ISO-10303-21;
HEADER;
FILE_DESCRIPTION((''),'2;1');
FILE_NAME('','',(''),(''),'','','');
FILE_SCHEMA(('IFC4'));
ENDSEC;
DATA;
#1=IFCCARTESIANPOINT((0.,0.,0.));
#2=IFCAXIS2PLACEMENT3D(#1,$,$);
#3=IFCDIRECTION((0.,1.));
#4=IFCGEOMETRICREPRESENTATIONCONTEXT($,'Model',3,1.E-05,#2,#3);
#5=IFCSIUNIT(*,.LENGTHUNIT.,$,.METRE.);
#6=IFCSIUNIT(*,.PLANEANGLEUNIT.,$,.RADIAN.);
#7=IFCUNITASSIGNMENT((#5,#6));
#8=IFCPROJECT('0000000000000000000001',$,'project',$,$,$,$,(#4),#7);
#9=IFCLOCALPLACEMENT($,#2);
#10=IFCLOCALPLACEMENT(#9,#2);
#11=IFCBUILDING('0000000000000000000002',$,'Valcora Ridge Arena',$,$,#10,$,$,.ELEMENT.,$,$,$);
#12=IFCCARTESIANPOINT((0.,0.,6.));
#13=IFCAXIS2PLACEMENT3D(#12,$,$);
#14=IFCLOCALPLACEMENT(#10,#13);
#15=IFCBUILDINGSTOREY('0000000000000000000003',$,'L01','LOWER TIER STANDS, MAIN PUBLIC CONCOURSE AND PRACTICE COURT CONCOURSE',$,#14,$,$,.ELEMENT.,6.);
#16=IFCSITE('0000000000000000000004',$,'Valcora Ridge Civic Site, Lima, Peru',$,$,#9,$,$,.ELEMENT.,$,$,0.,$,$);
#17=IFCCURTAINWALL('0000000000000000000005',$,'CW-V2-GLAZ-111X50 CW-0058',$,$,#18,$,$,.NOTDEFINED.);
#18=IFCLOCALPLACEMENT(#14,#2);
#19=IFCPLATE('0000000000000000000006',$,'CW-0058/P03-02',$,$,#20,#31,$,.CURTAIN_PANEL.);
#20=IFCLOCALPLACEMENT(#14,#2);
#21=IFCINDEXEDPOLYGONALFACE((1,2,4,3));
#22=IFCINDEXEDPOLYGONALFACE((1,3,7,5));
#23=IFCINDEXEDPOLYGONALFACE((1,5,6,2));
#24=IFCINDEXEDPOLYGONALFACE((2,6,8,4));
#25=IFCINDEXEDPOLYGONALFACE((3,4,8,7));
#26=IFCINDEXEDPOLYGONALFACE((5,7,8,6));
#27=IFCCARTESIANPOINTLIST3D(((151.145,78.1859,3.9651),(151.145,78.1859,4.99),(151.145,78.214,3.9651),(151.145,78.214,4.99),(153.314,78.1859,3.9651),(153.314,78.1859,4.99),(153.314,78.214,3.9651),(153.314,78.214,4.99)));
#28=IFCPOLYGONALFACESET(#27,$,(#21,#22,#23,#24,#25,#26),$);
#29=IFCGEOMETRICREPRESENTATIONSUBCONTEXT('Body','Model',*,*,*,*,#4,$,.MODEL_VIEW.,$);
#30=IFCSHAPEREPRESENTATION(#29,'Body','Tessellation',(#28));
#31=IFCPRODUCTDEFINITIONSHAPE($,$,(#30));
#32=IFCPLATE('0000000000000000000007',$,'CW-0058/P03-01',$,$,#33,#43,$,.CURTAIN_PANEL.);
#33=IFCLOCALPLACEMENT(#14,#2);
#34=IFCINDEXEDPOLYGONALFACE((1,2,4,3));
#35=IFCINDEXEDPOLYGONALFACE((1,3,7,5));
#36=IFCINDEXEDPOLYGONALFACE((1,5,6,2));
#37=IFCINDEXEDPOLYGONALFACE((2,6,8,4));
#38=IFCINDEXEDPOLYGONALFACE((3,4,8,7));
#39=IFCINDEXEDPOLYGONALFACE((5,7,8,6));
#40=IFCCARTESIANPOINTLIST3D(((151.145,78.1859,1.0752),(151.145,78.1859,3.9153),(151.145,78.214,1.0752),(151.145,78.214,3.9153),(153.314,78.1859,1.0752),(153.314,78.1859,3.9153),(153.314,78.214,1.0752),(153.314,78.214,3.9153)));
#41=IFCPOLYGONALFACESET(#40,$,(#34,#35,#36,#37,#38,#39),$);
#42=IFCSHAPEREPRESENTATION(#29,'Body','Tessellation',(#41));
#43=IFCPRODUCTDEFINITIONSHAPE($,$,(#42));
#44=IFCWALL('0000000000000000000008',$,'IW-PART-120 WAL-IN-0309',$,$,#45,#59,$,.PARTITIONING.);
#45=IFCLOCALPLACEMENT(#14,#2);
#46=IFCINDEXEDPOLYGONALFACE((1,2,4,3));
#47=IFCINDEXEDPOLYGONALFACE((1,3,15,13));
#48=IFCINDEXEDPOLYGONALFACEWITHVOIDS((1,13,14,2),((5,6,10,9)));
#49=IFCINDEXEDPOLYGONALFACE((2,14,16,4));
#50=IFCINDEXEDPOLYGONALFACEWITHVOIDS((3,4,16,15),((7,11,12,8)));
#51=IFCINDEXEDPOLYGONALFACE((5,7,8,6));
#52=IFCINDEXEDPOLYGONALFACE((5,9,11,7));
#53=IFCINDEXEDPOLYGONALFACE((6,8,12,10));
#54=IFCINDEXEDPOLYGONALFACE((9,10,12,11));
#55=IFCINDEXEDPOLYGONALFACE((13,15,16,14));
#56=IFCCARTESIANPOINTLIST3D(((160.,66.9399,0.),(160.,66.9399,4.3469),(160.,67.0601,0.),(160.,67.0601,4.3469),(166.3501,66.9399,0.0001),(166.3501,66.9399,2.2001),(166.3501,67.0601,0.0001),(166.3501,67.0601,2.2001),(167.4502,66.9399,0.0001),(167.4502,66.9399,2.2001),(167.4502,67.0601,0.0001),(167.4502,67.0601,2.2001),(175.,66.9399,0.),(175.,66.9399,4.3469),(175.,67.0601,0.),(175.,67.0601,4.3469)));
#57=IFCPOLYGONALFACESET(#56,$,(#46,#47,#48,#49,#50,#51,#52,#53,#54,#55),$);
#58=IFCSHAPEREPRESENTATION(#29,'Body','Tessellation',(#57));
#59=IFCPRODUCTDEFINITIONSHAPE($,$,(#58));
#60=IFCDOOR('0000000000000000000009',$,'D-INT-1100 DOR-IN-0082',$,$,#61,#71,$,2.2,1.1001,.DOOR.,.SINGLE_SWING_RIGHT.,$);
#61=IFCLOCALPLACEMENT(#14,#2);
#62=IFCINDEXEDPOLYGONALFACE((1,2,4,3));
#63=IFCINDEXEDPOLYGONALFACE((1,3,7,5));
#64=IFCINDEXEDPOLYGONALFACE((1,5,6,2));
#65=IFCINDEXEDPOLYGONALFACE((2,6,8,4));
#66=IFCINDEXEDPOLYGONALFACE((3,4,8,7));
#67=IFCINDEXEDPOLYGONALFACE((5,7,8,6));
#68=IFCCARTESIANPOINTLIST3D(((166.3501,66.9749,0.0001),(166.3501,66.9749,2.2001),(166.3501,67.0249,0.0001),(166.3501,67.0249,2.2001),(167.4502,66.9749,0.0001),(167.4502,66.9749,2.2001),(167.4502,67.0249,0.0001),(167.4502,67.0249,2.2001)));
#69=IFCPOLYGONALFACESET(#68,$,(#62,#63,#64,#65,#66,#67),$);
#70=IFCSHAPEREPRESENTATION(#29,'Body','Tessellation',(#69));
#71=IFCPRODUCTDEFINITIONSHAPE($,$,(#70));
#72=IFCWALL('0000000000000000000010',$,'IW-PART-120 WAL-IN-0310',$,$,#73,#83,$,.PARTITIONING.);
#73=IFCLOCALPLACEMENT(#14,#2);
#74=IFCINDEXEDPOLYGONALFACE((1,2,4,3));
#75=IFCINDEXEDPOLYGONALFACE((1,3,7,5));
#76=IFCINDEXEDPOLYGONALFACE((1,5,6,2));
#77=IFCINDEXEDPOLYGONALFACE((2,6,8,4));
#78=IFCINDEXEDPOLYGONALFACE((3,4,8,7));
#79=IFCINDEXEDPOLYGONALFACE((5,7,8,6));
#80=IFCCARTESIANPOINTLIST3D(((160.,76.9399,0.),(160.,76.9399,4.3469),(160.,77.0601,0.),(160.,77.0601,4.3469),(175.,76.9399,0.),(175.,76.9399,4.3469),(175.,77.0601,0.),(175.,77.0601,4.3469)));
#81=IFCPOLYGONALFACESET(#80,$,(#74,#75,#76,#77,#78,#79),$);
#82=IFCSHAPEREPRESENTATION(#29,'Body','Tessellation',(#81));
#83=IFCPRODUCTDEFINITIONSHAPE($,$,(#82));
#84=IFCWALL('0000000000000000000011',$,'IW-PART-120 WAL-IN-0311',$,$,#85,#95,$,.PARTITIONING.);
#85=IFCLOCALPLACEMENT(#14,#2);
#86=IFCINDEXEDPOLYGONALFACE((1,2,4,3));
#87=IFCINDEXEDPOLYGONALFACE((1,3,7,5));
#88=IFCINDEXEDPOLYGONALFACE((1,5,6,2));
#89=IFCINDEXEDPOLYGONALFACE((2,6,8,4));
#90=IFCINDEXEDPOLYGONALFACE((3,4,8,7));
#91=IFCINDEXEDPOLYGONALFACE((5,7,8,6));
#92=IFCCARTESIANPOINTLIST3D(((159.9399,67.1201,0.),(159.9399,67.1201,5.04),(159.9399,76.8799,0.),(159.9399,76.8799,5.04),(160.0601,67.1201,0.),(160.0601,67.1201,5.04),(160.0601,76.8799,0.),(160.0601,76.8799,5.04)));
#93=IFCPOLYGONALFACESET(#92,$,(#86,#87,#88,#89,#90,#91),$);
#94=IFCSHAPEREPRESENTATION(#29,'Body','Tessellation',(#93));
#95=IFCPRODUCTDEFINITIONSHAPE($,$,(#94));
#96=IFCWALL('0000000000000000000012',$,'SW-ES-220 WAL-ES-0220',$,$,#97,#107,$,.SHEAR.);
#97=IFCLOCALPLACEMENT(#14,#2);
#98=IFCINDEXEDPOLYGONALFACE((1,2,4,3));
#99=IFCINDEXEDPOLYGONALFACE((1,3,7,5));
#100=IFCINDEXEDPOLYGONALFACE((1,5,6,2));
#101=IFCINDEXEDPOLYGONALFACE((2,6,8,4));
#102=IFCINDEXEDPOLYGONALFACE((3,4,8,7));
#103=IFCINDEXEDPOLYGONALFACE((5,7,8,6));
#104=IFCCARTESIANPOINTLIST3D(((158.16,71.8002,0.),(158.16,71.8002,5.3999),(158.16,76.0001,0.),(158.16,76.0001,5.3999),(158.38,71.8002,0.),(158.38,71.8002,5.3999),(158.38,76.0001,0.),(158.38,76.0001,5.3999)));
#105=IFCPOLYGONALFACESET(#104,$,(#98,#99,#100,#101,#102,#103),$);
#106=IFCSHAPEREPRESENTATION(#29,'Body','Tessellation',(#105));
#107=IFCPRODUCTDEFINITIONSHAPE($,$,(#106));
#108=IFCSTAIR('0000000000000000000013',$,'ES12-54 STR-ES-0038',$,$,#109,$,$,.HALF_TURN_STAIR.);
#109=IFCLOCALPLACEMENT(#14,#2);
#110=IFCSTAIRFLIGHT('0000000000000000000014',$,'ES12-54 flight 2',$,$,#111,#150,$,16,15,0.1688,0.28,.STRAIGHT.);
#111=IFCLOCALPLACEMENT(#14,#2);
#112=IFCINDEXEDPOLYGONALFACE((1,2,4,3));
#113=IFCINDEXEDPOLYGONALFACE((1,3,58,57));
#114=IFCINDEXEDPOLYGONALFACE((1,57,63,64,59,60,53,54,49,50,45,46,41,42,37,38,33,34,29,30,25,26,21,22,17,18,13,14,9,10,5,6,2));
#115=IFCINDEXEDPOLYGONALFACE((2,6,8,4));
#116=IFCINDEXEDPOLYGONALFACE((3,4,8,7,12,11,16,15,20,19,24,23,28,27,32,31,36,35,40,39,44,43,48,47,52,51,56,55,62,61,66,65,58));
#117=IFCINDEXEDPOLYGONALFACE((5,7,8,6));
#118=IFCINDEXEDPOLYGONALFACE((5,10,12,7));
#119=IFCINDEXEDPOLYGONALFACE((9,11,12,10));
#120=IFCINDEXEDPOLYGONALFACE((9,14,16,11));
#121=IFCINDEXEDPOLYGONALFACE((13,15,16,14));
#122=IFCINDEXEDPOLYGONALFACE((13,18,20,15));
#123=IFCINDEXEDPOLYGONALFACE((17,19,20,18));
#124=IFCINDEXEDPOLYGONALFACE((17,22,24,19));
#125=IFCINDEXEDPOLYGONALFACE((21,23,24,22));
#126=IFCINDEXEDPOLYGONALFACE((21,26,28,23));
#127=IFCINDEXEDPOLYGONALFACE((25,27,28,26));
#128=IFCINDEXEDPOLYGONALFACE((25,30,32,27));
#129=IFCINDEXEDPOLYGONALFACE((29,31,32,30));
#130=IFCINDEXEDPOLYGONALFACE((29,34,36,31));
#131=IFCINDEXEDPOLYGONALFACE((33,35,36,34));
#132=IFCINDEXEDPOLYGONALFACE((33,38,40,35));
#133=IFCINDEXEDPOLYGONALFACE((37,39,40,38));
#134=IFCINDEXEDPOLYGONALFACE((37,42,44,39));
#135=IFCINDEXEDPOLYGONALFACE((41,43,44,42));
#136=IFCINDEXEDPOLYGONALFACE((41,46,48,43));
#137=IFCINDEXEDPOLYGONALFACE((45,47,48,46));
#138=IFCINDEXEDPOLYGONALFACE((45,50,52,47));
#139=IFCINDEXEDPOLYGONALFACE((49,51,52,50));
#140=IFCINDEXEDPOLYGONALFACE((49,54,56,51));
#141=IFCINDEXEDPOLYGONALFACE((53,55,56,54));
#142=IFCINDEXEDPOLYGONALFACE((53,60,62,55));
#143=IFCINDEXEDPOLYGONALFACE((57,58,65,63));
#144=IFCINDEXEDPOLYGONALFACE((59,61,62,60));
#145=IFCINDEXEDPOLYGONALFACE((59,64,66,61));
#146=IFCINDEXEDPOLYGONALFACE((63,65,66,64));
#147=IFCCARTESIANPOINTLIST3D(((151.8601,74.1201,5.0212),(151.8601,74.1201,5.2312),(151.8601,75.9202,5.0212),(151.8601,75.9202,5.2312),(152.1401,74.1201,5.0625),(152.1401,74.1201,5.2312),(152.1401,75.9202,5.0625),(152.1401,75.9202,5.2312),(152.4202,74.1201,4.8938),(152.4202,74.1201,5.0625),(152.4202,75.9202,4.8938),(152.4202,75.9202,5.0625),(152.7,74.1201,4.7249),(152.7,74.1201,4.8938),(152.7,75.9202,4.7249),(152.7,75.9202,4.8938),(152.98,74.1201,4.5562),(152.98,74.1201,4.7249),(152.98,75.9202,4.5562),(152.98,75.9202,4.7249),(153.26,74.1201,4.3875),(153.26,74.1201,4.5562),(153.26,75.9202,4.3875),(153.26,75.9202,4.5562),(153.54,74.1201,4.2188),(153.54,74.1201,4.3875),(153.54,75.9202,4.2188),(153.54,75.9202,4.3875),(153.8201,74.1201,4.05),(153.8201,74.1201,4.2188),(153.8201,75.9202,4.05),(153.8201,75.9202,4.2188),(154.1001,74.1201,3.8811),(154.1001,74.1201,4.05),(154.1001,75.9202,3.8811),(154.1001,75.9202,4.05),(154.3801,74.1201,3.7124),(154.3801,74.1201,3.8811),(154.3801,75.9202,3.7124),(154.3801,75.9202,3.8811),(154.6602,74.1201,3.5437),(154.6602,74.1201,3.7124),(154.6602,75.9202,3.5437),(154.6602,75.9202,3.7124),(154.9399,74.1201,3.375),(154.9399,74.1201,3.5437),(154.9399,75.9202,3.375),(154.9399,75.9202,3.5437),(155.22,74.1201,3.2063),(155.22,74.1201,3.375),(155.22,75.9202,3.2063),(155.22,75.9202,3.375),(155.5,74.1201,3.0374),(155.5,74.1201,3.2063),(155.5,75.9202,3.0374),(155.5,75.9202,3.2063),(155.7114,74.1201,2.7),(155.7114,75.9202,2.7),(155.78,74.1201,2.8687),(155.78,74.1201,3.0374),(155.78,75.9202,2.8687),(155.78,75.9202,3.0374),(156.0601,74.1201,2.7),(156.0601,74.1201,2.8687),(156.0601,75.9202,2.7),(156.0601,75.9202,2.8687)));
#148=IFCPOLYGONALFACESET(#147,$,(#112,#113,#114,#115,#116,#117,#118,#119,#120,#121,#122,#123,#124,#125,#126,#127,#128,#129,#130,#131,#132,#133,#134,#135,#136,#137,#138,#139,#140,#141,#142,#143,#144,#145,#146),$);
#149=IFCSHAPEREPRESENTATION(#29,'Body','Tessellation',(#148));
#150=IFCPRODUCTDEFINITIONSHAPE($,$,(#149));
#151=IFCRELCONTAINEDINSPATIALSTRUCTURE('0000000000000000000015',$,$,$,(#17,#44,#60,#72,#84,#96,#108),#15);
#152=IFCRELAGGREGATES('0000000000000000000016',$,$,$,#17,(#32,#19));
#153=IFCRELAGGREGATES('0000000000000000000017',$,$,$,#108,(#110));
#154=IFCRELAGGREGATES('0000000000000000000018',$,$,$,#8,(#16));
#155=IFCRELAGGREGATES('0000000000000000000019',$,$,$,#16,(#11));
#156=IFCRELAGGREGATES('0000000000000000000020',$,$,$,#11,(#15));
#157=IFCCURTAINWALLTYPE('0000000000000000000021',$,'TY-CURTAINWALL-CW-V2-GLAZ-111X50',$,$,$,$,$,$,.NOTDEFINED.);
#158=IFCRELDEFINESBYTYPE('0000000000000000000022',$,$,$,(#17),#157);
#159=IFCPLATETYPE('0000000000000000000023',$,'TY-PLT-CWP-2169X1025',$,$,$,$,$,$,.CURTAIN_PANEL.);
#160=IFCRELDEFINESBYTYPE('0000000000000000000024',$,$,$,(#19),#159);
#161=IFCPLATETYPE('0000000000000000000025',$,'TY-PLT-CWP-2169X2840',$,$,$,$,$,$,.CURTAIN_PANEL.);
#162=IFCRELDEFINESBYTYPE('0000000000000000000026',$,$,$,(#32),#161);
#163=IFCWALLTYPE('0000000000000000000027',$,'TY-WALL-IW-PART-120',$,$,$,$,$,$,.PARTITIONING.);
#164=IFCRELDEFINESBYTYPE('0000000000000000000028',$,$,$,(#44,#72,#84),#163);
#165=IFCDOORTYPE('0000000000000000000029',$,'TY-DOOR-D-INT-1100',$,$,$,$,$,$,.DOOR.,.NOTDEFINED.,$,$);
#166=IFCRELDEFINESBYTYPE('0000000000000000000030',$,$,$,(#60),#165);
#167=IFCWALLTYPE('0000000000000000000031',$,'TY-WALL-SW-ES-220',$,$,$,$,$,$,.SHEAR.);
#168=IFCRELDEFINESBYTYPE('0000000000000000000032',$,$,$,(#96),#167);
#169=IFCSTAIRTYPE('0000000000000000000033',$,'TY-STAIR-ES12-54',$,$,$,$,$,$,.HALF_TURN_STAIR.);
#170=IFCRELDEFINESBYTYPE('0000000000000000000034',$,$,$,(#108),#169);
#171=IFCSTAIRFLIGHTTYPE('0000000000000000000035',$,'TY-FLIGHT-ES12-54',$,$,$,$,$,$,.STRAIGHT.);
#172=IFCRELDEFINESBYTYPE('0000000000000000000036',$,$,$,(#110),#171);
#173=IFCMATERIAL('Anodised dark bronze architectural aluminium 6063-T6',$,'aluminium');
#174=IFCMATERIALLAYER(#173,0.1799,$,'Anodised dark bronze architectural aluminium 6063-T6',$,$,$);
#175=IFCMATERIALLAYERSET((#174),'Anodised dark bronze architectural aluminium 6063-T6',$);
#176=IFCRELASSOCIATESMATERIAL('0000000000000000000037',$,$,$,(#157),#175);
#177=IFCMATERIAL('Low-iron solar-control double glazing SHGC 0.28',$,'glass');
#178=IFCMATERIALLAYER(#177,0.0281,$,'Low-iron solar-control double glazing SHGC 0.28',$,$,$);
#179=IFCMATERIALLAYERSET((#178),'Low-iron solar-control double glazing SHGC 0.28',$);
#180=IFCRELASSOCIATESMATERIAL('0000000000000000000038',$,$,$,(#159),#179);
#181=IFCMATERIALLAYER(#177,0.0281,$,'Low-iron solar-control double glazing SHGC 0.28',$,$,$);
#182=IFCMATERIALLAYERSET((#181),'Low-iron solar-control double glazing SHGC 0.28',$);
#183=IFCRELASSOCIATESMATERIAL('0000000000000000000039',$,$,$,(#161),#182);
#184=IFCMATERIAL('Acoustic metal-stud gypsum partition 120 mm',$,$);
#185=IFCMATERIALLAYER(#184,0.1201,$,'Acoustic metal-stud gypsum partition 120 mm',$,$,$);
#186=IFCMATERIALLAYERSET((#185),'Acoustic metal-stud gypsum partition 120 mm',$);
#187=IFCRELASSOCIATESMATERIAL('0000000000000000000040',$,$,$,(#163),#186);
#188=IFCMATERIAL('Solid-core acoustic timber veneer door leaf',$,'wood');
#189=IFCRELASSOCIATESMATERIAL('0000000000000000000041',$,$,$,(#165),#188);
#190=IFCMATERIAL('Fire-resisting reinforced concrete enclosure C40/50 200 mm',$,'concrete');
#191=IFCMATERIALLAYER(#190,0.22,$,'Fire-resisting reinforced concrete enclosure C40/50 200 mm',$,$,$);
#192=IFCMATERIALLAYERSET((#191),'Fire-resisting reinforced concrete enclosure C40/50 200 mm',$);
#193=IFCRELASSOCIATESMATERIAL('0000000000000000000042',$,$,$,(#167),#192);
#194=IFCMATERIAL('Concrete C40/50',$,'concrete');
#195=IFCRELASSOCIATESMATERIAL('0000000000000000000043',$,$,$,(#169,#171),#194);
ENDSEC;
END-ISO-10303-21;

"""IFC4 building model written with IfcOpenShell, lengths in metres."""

from ifc_helpers import new_model, si_unit, direction, frame, frame_2d, origin, origin_2d, place, context, subcontext, project, spatial, polyline, rectangle, outline, extrude, material, layer, layer_set, type_object, element, fill, aggregate, save


model = new_model("IFC4")

# Units and contexts
model_context = context("Model", 3, precision=1e-05, world=origin(), true_north=direction((0.0, 1.0)))
body_context = subcontext(model_context, "Body", "Model", "MODEL_VIEW")
ifc_project = project(units=[si_unit("LENGTHUNIT", "METRE"), si_unit("PLANEANGLEUNIT", "RADIAN")], contexts=[model_context])

# Site, building, storey
site_placement = place(None, origin())
site = spatial("IfcSite", under=ifc_project, at=site_placement, Name="Valcora Ridge Civic Site, Lima, Peru", CompositionType="ELEMENT", RefElevation=0.0)
building_placement = place(site_placement, origin())
building = spatial("IfcBuilding", under=site, at=building_placement, Name="Valcora Ridge Arena", CompositionType="ELEMENT")
storey_placement = place(building_placement, frame((0.0, 0.0, 6.0)))
storey = spatial("IfcBuildingStorey", under=building, at=storey_placement, Name="L01", Description="LOWER TIER STANDS, MAIN PUBLIC CONCOURSE AND PRACTICE COURT CONCOURSE", CompositionType="ELEMENT", Elevation=6.0)

# Curtain wall, plates
ifc_material_1 = material(Name="Anodised dark bronze architectural aluminium 6063-T6", Category="aluminium")
ifc_layer_1 = layer(ifc_material_1, 0.1799, Name="Anodised dark bronze architectural aluminium 6063-T6")
ifc_layer_set_1 = layer_set([ifc_layer_1], Name="Anodised dark bronze architectural aluminium 6063-T6")
curtain_wall_type = type_object("IfcCurtainWallType", Name="TY-CURTAINWALL-CW-V2-GLAZ-111X50", PredefinedType="NOTDEFINED", material=ifc_layer_set_1)
curtain_wall_placement = place(storey_placement, origin())
curtain_wall = element("IfcCurtainWall", 1, at=curtain_wall_placement, inside=storey, type_object=curtain_wall_type, Name="CW-V2-GLAZ-111X50 CW-0058", PredefinedType="NOTDEFINED")
ifc_material_2 = material(Name="Low-iron solar-control double glazing SHGC 0.28", Category="glass")
ifc_layer_2 = layer(ifc_material_2, 0.0281, Name="Low-iron solar-control double glazing SHGC 0.28")
ifc_layer_set_2 = layer_set([ifc_layer_2], Name="Low-iron solar-control double glazing SHGC 0.28")
plate_type_1 = type_object("IfcPlateType", Name="TY-PLT-CWP-2169X1025", PredefinedType="CURTAIN_PANEL", material=ifc_layer_set_2)
plate_1_placement = place(storey_placement, frame((152.2295, 78.2, 3.9651), z_axis=(0.0, 0.0, 1.0), x_axis=(1.0, 0.0, 0.0)))
plate_1 = element("IfcPlate", 2, at=plate_1_placement, type_object=plate_type_1, Name="CW-0058/P03-02", PredefinedType="CURTAIN_PANEL", context=body_context, shape_type="SweptSolid", body=[
    extrude(rectangle(XDim=2.1689, YDim=0.0281, at=origin_2d()), origin(), (0.0, 0.0, 1.0), 1.0249),
])
ifc_layer_3 = layer(ifc_material_2, 0.0281, Name="Low-iron solar-control double glazing SHGC 0.28")
ifc_layer_set_3 = layer_set([ifc_layer_3], Name="Low-iron solar-control double glazing SHGC 0.28")
plate_type_2 = type_object("IfcPlateType", Name="TY-PLT-CWP-2169X2840", PredefinedType="CURTAIN_PANEL", material=ifc_layer_set_3)
plate_2_placement = place(storey_placement, frame((152.2295, 78.2, 1.0752), z_axis=(0.0, 0.0, 1.0), x_axis=(1.0, 0.0, 0.0)))
plate_2 = element("IfcPlate", 3, at=plate_2_placement, type_object=plate_type_2, Name="CW-0058/P03-01", PredefinedType="CURTAIN_PANEL", context=body_context, shape_type="SweptSolid", body=[
    extrude(rectangle(XDim=2.1689, YDim=0.0281, at=origin_2d()), origin(), (0.0, 0.0, 1.0), 2.8401),
])
aggregate(curtain_wall, [plate_2, plate_1])

# Wall, opening, door
ifc_material_3 = material(Name="Acoustic metal-stud gypsum partition 120 mm")
ifc_layer_4 = layer(ifc_material_3, 0.1201, Name="Acoustic metal-stud gypsum partition 120 mm")
ifc_layer_set_4 = layer_set([ifc_layer_4], Name="Acoustic metal-stud gypsum partition 120 mm")
wall_type_1 = type_object("IfcWallType", Name="TY-WALL-IW-PART-120", PredefinedType="PARTITIONING", material=ifc_layer_set_4)
wall_1_placement = place(storey_placement, frame((160.0, 67.0, 0.0), z_axis=(0.0, 0.0, 1.0), x_axis=(1.0, 0.0, 0.0)))
wall_1 = element("IfcWall", 4, at=wall_1_placement, inside=storey, type_object=wall_type_1, Name="IW-PART-120 WAL-IN-0309", PredefinedType="PARTITIONING", context=body_context, shape_type="SweptSolid", body=[
    extrude(rectangle(XDim=15.0, YDim=0.1201, at=frame_2d((7.5, 0.0))), origin(), (0.0, 0.0, 1.0), 4.3469),
])
opening_placement = place(wall_1_placement, frame((6.3501, 0.0, 0.0)))
opening = element("IfcOpeningElement", 5, at=opening_placement, cuts=wall_1, PredefinedType="OPENING", context=body_context, shape_type="SweptSolid", body=[
    extrude(rectangle(XDim=1.1001, YDim=2.2, at=frame_2d((0.55, 1.1001))), frame((0.0, 0.0701, 0.0), z_axis=(0.0, -1.0, 0.0), x_axis=(1.0, 0.0, 0.0)), (0.0, 0.0, 1.0), 0.1401),
])
ifc_material_4 = material(Name="Solid-core acoustic timber veneer door leaf", Category="wood")
door_type = type_object("IfcDoorType", Name="TY-DOOR-D-INT-1100", OperationType="NOTDEFINED", PredefinedType="DOOR", material=ifc_material_4)
door_placement = place(opening_placement, origin())
door = element("IfcDoor", 6, at=door_placement, inside=storey, type_object=door_type, Name="D-INT-1100 DOR-IN-0082", OperationType="SINGLE_SWING_RIGHT", OverallHeight=2.2, OverallWidth=1.1001, PredefinedType="DOOR", context=body_context, shape_type="SweptSolid", body=[
    extrude(rectangle(XDim=1.1001, YDim=2.2, at=frame_2d((0.55, 1.1001))), frame((0.0, 0.0249, 0.0), z_axis=(0.0, -1.0, 0.0), x_axis=(1.0, 0.0, 0.0)), (0.0, 0.0, 1.0), 0.05),
])
fill(opening, door)

# Walls
wall_2_placement = place(storey_placement, frame((160.0, 77.0, 0.0), z_axis=(0.0, 0.0, 1.0), x_axis=(1.0, 0.0, 0.0)))
element("IfcWall", 7, at=wall_2_placement, inside=storey, type_object=wall_type_1, Name="IW-PART-120 WAL-IN-0310", PredefinedType="PARTITIONING", context=body_context, shape_type="SweptSolid", body=[
    extrude(rectangle(XDim=15.0, YDim=0.1201, at=frame_2d((7.5, 0.0))), origin(), (0.0, 0.0, 1.0), 4.3469),
])
wall_3_placement = place(storey_placement, frame((160.0, 67.1201, 0.0), z_axis=(0.0, 0.0, 1.0), x_axis=(0.0, 1.0, 0.0)))
element("IfcWall", 8, at=wall_3_placement, inside=storey, type_object=wall_type_1, Name="IW-PART-120 WAL-IN-0311", PredefinedType="PARTITIONING", context=body_context, shape_type="SweptSolid", body=[
    extrude(rectangle(XDim=9.7598, YDim=0.1201, at=frame_2d((4.8799, 0.0))), origin(), (0.0, 0.0, 1.0), 5.04),
])
ifc_material_5 = material(Name="Fire-resisting reinforced concrete enclosure C40/50 200 mm", Category="concrete")
ifc_layer_5 = layer(ifc_material_5, 0.22, Name="Fire-resisting reinforced concrete enclosure C40/50 200 mm")
ifc_layer_set_5 = layer_set([ifc_layer_5], Name="Fire-resisting reinforced concrete enclosure C40/50 200 mm")
wall_type_2 = type_object("IfcWallType", Name="TY-WALL-SW-ES-220", PredefinedType="SHEAR", material=ifc_layer_set_5)
wall_4_placement = place(storey_placement, frame((158.27, 71.8, 0.0), z_axis=(0.0, 0.0, 1.0), x_axis=(0.0, 1.0, 0.0)))
element("IfcWall", 9, at=wall_4_placement, inside=storey, type_object=wall_type_2, Name="SW-ES-220 WAL-ES-0220", PredefinedType="SHEAR", context=body_context, shape_type="SweptSolid", body=[
    extrude(rectangle(XDim=4.2, YDim=0.22, at=frame_2d((2.1001, 0.0))), origin(), (0.0, 0.0, 1.0), 5.3999),
])

# Stair, stair flight
ifc_material_6 = material(Name="Concrete C40/50", Category="concrete")
stair_type = type_object("IfcStairType", Name="TY-STAIR-ES12-54", PredefinedType="HALF_TURN_STAIR", material=ifc_material_6)
stair_placement = place(storey_placement, origin())
stair = element("IfcStair", 10, at=stair_placement, inside=storey, type_object=stair_type, Name="ES12-54 STR-ES-0038", PredefinedType="HALF_TURN_STAIR")
stair_flight_type = type_object("IfcStairFlightType", Name="TY-FLIGHT-ES12-54", PredefinedType="STRAIGHT", material=ifc_material_6)
stair_flight_placement = place(storey_placement, frame((156.0601, 75.02, 2.7), z_axis=(0.0, 0.0, 1.0), x_axis=(-1.0, 0.0, 0.0)))
stair_flight = element("IfcStairFlight", 11, at=stair_flight_placement, type_object=stair_flight_type, Name="ES12-54 flight 2", NumberOfRisers=16, NumberOfTreads=15, PredefinedType="STRAIGHT", RiserHeight=0.1688, TreadLength=0.28, context=body_context, shape_type="SweptSolid", body=[
    extrude(outline(polyline([(0.0, 0.0), (0.0, 0.1687), (0.28, 0.1687), (0.28, 0.3374), (0.5601, 0.3374), (0.5601, 0.5063), (0.8401, 0.5063), (0.8401, 0.675), (1.1201, 0.675), (1.1201, 0.8438), (1.3999, 0.8438), (1.3999, 1.0125), (1.6799, 1.0125), (1.6799, 1.1812), (1.96, 1.1812), (1.96, 1.3501), (2.24, 1.3501), (2.24, 1.5188), (2.52, 1.5188), (2.52, 1.6875), (2.8, 1.6875), (2.8, 1.8562), (3.0801, 1.8562), (3.0801, 2.0249), (3.3601, 2.0249), (3.3601, 2.1938), (3.6399, 2.1938), (3.6399, 2.3625), (3.9199, 2.3625), (3.9199, 2.5312), (4.2, 2.5312), (4.2, 2.7), (4.2, 2.3213), (0.3486, 0.0), (0.0, 0.0)])), frame((0.0, 0.8999, 0.0), z_axis=(0.0, -1.0, 0.0), x_axis=(1.0, 0.0, 0.0)), (0.0, 0.0, 1.0), 1.8),
])
aggregate(stair, [stair_flight])

save(model, "model.ifc")
